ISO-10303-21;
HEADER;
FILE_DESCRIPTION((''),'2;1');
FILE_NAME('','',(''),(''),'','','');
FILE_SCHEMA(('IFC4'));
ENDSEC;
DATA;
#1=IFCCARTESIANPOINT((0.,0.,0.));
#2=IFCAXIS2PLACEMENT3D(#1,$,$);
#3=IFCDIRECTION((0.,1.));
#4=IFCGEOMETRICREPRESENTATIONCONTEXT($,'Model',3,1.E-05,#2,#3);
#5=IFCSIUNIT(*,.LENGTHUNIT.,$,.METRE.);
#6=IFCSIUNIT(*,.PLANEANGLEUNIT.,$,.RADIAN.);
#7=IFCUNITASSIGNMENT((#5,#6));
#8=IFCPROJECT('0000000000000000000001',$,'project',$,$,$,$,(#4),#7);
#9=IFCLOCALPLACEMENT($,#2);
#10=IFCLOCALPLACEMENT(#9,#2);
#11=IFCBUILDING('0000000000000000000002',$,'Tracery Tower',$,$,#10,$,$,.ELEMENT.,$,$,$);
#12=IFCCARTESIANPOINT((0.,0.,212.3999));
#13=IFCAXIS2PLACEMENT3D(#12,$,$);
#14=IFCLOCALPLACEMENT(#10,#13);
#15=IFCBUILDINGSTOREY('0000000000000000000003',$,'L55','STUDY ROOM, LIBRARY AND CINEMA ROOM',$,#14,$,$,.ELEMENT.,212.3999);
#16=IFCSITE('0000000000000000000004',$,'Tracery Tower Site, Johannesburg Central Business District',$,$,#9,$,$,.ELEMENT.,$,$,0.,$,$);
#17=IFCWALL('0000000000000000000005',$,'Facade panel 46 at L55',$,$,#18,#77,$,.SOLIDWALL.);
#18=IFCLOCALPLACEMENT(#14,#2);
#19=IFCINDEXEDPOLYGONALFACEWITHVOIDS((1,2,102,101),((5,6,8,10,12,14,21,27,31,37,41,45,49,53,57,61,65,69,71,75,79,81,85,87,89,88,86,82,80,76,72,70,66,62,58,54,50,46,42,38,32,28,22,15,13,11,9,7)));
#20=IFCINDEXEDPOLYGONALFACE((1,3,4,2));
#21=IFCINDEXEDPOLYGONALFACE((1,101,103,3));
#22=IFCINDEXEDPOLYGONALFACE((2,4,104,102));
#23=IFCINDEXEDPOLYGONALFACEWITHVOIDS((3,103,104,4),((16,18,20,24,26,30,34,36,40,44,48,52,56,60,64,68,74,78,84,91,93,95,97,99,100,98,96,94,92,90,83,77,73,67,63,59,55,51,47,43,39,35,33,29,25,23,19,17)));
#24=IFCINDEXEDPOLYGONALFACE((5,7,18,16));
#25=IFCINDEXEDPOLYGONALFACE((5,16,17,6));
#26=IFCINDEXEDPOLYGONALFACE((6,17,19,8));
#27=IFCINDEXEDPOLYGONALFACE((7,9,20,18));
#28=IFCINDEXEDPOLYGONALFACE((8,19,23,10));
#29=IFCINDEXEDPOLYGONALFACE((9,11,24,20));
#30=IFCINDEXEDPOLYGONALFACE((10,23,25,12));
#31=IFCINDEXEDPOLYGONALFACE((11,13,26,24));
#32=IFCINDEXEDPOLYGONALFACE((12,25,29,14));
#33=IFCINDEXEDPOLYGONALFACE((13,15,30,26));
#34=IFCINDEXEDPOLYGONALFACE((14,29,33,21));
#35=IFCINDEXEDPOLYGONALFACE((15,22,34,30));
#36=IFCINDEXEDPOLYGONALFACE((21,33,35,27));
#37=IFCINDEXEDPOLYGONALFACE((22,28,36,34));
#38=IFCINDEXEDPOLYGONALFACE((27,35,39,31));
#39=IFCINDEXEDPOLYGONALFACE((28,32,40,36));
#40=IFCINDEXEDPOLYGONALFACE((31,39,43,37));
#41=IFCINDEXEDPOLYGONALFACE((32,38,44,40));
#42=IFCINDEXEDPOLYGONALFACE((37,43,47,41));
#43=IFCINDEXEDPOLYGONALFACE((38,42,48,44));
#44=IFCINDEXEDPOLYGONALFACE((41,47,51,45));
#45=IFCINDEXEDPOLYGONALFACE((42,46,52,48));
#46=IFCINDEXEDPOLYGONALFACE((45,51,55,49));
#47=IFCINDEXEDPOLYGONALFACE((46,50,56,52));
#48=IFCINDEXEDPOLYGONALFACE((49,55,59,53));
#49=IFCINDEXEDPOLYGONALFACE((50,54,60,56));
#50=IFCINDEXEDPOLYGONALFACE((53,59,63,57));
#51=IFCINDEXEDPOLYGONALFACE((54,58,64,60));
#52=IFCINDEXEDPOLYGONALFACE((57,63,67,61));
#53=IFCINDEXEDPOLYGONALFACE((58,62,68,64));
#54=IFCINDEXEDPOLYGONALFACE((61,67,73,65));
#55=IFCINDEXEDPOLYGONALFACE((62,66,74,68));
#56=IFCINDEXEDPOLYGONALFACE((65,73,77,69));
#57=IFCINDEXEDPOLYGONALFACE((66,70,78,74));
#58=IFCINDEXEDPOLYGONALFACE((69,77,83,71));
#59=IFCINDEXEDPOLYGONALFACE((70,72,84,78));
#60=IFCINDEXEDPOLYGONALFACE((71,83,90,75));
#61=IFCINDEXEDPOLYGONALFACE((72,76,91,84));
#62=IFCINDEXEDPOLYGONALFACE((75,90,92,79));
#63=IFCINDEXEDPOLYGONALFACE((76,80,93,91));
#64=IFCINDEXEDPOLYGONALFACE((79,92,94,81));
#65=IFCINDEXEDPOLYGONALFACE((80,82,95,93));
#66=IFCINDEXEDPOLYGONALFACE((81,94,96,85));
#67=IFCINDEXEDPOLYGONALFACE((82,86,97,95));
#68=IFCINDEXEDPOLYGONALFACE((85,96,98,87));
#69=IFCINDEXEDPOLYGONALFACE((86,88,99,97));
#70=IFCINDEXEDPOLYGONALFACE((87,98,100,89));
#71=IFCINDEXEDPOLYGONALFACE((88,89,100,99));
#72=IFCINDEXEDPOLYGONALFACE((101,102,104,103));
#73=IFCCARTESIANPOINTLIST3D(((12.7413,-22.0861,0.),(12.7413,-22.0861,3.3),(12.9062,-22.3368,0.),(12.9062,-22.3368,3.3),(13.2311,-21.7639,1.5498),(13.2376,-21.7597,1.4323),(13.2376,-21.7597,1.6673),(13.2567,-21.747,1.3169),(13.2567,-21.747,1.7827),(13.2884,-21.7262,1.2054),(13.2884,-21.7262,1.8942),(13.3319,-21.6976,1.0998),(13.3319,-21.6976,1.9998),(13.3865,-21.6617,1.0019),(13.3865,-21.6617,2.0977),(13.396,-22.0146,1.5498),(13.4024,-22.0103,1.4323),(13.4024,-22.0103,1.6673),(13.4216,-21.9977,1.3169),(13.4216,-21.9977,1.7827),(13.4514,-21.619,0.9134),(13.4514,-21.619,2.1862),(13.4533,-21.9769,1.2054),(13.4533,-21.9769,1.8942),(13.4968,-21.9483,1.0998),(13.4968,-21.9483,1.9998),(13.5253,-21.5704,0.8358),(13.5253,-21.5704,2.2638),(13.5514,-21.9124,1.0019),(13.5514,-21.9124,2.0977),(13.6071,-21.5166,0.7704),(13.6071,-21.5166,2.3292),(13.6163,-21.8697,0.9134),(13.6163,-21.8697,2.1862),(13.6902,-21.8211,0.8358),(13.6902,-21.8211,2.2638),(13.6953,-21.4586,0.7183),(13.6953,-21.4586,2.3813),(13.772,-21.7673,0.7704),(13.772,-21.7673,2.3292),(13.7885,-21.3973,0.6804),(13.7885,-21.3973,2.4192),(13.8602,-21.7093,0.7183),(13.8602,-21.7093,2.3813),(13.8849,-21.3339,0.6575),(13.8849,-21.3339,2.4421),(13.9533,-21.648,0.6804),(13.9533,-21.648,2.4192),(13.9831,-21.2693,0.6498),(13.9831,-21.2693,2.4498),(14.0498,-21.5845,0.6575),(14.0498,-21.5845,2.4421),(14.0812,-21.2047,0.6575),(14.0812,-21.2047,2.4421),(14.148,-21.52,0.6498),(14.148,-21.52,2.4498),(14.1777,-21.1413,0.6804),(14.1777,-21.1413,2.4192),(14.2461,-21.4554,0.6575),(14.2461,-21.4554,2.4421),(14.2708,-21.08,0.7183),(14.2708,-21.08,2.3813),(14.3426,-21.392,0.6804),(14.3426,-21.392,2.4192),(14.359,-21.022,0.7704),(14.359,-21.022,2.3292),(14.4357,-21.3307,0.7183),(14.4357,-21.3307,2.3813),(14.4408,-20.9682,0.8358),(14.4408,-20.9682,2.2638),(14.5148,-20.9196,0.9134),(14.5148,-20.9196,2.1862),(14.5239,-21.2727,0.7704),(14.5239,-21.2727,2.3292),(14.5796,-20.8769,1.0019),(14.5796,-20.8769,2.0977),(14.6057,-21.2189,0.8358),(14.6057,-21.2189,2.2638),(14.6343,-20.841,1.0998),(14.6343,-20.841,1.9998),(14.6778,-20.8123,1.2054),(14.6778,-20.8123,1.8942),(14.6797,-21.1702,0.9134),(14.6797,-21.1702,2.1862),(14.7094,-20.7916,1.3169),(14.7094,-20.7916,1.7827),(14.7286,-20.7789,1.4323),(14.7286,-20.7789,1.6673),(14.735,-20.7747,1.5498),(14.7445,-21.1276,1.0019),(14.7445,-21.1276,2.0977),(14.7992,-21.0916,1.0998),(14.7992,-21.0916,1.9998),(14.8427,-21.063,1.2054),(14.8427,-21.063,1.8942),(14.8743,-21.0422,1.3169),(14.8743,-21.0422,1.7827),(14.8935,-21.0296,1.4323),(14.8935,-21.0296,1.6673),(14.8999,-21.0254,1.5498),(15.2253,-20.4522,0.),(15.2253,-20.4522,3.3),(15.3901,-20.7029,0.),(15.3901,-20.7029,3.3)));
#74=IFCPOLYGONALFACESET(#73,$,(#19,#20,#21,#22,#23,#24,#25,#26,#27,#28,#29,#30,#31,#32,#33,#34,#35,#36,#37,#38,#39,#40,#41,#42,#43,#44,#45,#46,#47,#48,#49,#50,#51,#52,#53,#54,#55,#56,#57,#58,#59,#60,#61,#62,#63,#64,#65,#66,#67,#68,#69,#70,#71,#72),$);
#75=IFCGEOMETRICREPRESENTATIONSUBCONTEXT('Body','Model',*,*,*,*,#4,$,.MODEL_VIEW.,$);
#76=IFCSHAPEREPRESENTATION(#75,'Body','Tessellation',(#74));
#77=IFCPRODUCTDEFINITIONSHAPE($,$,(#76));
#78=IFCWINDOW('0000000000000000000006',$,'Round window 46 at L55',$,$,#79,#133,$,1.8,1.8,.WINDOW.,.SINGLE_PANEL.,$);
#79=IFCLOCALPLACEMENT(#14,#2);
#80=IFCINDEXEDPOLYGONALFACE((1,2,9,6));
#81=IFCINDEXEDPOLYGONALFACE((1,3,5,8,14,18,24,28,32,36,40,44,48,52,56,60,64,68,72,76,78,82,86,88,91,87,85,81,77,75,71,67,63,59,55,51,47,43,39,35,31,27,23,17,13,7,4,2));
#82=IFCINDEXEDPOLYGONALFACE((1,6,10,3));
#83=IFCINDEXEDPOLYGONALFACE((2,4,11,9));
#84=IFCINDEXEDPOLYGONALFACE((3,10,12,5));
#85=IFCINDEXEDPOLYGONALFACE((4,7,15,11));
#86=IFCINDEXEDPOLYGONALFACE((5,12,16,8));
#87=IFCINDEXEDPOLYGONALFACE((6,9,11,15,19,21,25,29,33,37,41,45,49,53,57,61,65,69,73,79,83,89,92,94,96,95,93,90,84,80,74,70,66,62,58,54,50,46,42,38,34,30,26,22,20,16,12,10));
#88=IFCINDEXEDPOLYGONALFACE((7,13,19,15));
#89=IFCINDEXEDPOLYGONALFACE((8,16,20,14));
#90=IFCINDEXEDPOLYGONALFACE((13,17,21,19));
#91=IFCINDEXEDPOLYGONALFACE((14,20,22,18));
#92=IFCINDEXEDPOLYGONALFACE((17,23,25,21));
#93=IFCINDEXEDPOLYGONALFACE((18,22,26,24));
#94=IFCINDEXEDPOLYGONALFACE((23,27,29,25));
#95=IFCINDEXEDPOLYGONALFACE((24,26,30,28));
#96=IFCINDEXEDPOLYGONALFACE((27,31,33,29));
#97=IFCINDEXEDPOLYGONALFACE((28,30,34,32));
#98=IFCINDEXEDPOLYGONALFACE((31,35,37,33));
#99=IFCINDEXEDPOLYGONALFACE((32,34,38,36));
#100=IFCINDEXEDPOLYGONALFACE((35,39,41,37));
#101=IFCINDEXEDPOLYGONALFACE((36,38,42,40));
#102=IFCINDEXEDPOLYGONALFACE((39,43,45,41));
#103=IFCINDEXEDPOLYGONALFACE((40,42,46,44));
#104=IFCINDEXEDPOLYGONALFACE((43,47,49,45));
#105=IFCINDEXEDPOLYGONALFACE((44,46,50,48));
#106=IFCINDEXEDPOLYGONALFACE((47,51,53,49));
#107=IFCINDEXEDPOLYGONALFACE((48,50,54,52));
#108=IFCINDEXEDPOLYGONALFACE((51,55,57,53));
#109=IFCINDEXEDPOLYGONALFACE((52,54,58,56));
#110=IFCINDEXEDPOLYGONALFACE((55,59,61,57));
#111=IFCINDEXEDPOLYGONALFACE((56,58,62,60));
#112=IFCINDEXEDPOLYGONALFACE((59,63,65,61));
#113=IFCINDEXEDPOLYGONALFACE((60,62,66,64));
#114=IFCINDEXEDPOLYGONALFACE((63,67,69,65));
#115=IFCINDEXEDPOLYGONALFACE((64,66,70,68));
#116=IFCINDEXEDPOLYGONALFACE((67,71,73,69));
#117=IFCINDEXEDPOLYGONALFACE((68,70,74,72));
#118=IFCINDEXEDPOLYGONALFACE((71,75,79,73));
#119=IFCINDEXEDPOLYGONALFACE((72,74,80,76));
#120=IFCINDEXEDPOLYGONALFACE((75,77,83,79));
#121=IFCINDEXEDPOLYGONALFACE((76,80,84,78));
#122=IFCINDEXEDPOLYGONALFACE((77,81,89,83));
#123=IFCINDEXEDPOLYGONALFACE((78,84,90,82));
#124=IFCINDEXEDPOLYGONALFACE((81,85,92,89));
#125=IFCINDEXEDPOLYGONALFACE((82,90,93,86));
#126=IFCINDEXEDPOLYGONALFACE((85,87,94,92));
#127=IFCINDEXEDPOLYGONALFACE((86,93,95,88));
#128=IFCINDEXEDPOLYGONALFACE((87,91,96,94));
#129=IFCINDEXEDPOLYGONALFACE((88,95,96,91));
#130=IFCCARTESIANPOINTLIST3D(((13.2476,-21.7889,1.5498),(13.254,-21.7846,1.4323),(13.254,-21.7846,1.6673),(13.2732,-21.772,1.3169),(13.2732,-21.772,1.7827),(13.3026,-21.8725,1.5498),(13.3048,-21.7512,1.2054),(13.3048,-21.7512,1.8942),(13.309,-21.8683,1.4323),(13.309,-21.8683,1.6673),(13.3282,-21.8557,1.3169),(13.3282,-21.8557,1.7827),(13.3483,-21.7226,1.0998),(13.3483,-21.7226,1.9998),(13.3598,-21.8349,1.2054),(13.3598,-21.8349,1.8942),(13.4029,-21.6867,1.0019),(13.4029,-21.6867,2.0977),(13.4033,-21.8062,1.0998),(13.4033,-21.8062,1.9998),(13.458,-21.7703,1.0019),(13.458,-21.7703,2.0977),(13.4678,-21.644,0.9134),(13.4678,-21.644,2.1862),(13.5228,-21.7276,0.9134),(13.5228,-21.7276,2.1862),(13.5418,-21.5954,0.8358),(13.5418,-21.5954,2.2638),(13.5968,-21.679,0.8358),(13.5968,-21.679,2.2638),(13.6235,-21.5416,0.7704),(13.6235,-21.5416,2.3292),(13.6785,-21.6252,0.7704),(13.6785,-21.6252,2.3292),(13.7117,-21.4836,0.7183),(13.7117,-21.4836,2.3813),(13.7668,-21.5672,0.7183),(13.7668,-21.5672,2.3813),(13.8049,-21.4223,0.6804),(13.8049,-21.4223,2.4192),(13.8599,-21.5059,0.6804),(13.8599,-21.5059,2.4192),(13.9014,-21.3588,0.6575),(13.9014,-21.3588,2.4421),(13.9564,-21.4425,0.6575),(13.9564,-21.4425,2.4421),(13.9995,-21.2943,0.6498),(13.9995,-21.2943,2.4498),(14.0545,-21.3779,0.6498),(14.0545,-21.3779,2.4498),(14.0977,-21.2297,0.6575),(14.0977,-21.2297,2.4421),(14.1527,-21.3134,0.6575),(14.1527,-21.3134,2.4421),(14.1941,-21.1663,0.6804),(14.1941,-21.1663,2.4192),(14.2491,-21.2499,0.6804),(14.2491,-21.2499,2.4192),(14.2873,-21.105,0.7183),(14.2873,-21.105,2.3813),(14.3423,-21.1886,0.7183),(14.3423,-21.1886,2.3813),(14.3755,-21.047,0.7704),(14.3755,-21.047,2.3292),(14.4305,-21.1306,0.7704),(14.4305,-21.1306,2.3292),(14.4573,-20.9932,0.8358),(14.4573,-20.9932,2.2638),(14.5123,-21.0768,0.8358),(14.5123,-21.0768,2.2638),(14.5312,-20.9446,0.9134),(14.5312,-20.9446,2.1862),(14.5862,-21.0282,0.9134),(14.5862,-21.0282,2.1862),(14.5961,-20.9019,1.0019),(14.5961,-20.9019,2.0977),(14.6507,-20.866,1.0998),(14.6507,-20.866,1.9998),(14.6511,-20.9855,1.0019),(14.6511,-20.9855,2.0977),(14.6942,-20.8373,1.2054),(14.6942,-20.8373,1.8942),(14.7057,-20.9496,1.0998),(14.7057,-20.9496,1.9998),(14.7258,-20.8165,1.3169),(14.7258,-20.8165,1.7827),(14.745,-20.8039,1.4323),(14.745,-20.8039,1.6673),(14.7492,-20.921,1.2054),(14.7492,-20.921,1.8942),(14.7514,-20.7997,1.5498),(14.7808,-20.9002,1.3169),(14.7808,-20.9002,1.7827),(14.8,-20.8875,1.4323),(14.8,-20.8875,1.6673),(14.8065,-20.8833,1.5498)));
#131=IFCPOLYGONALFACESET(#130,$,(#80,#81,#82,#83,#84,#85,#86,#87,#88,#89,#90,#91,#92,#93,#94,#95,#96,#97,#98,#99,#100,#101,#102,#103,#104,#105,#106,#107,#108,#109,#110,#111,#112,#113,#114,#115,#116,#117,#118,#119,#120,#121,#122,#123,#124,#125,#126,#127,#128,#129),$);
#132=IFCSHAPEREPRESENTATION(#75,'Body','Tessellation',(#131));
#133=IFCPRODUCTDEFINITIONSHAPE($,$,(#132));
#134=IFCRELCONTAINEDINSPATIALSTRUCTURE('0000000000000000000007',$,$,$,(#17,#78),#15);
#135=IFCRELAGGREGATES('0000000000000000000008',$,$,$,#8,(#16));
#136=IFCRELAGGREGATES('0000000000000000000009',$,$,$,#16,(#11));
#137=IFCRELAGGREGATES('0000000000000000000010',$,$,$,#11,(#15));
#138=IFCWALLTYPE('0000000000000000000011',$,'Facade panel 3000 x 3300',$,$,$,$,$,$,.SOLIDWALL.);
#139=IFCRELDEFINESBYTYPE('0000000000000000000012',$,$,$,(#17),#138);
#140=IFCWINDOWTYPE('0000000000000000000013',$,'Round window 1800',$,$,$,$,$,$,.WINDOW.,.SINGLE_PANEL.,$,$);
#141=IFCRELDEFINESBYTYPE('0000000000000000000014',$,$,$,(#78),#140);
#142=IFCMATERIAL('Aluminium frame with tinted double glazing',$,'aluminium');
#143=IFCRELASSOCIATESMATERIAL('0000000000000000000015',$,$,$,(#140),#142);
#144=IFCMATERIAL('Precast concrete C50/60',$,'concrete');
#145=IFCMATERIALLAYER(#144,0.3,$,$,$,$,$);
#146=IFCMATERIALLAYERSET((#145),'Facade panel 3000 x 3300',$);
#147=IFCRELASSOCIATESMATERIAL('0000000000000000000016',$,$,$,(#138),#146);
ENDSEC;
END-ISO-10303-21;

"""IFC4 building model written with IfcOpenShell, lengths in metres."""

from ifc_helpers import new_model, si_unit, direction, frame, frame_2d, origin, origin_2d, place, context, subcontext, project, spatial, rectangle, circle, extrude, material, layer, layer_set, type_object, element, fill, save


model = new_model("IFC4")

# Units and contexts
model_context = context("Model", 3, precision=1e-05, world=origin(), true_north=direction((0.0, 1.0)))
body_context = subcontext(model_context, "Body", "Model", "MODEL_VIEW")
ifc_project = project(units=[si_unit("LENGTHUNIT", "METRE"), si_unit("PLANEANGLEUNIT", "RADIAN")], contexts=[model_context])

# Site, building, storey
site_placement = place(None, origin())
site = spatial("IfcSite", under=ifc_project, at=site_placement, Name="Tracery Tower Site, Johannesburg Central Business District", CompositionType="ELEMENT", RefElevation=0.0)
building_placement = place(site_placement, origin())
building = spatial("IfcBuilding", under=site, at=building_placement, Name="Tracery Tower", CompositionType="ELEMENT")
storey_placement = place(building_placement, frame((0.0, 0.0, 212.3999)))
storey = spatial("IfcBuildingStorey", under=building, at=storey_placement, Name="L55", Description="STUDY ROOM, LIBRARY AND CINEMA ROOM", CompositionType="ELEMENT", Elevation=212.3999)

# Wall, opening, window
ifc_material_1 = material(Name="Aluminium frame with tinted double glazing", Category="aluminium")
window_type = type_object("IfcWindowType", Name="Round window 1800", PartitioningType="SINGLE_PANEL", PredefinedType="WINDOW", material=ifc_material_1)
ifc_material_2 = material(Name="Precast concrete C50/60", Category="concrete")
ifc_layer_1 = layer(ifc_material_2, 0.3)
ifc_layer_set_1 = layer_set([ifc_layer_1], Name="Facade panel 3000 x 3300")
wall_type_1 = type_object("IfcWallType", Name="Facade panel 3000 x 3300", PredefinedType="SOLIDWALL", material=ifc_layer_set_1)
wall_1_placement = place(storey_placement, frame((12.8237, -22.2114, 0.0), z_axis=(0.0, 0.0, 1.0), x_axis=(0.835471, 0.549535, 0.0)))
wall_1 = element("IfcWall", 1, at=wall_1_placement, inside=storey, type_object=wall_type_1, Name="Facade panel 46 at L55", PredefinedType="SOLIDWALL", context=body_context, shape_type="SweptSolid", body=[
    extrude(rectangle(XDim=2.9731, YDim=0.3, at=frame_2d((1.4866, 0.0))), origin(), (0.0, 0.0, 1.0), 3.3),
])
opening_1_placement = place(wall_1_placement, frame((1.4863, 0.0, 1.5498)))
opening_1 = element("IfcOpeningElement", 2, at=opening_1_placement, cuts=wall_1, PredefinedType="OPENING", context=body_context, shape_type="SweptSolid", body=[
    extrude(circle(Radius=0.9, at=origin_2d()), frame((0.0, 0.1599, 0.0), z_axis=(0.0, -1.0, 0.0), x_axis=(1.0, 0.0, 0.0)), (0.0, 0.0, 1.0), 0.3201),
])
window_1_placement = place(opening_1_placement, origin())
window_1 = element("IfcWindow", 3, at=window_1_placement, inside=storey, type_object=window_type, Name="Round window 46 at L55", OverallHeight=1.8, OverallWidth=1.8, PartitioningType="SINGLE_PANEL", PredefinedType="WINDOW", context=body_context, shape_type="SweptSolid", body=[
    extrude(circle(Radius=0.9, at=origin_2d()), frame((0.0, 0.1201, 0.0), z_axis=(0.0, -1.0, 0.0), x_axis=(1.0, 0.0, 0.0)), (0.0, 0.0, 1.0), 0.1001),
])
fill(opening_1, window_1)

save(model, "model.ifc")
